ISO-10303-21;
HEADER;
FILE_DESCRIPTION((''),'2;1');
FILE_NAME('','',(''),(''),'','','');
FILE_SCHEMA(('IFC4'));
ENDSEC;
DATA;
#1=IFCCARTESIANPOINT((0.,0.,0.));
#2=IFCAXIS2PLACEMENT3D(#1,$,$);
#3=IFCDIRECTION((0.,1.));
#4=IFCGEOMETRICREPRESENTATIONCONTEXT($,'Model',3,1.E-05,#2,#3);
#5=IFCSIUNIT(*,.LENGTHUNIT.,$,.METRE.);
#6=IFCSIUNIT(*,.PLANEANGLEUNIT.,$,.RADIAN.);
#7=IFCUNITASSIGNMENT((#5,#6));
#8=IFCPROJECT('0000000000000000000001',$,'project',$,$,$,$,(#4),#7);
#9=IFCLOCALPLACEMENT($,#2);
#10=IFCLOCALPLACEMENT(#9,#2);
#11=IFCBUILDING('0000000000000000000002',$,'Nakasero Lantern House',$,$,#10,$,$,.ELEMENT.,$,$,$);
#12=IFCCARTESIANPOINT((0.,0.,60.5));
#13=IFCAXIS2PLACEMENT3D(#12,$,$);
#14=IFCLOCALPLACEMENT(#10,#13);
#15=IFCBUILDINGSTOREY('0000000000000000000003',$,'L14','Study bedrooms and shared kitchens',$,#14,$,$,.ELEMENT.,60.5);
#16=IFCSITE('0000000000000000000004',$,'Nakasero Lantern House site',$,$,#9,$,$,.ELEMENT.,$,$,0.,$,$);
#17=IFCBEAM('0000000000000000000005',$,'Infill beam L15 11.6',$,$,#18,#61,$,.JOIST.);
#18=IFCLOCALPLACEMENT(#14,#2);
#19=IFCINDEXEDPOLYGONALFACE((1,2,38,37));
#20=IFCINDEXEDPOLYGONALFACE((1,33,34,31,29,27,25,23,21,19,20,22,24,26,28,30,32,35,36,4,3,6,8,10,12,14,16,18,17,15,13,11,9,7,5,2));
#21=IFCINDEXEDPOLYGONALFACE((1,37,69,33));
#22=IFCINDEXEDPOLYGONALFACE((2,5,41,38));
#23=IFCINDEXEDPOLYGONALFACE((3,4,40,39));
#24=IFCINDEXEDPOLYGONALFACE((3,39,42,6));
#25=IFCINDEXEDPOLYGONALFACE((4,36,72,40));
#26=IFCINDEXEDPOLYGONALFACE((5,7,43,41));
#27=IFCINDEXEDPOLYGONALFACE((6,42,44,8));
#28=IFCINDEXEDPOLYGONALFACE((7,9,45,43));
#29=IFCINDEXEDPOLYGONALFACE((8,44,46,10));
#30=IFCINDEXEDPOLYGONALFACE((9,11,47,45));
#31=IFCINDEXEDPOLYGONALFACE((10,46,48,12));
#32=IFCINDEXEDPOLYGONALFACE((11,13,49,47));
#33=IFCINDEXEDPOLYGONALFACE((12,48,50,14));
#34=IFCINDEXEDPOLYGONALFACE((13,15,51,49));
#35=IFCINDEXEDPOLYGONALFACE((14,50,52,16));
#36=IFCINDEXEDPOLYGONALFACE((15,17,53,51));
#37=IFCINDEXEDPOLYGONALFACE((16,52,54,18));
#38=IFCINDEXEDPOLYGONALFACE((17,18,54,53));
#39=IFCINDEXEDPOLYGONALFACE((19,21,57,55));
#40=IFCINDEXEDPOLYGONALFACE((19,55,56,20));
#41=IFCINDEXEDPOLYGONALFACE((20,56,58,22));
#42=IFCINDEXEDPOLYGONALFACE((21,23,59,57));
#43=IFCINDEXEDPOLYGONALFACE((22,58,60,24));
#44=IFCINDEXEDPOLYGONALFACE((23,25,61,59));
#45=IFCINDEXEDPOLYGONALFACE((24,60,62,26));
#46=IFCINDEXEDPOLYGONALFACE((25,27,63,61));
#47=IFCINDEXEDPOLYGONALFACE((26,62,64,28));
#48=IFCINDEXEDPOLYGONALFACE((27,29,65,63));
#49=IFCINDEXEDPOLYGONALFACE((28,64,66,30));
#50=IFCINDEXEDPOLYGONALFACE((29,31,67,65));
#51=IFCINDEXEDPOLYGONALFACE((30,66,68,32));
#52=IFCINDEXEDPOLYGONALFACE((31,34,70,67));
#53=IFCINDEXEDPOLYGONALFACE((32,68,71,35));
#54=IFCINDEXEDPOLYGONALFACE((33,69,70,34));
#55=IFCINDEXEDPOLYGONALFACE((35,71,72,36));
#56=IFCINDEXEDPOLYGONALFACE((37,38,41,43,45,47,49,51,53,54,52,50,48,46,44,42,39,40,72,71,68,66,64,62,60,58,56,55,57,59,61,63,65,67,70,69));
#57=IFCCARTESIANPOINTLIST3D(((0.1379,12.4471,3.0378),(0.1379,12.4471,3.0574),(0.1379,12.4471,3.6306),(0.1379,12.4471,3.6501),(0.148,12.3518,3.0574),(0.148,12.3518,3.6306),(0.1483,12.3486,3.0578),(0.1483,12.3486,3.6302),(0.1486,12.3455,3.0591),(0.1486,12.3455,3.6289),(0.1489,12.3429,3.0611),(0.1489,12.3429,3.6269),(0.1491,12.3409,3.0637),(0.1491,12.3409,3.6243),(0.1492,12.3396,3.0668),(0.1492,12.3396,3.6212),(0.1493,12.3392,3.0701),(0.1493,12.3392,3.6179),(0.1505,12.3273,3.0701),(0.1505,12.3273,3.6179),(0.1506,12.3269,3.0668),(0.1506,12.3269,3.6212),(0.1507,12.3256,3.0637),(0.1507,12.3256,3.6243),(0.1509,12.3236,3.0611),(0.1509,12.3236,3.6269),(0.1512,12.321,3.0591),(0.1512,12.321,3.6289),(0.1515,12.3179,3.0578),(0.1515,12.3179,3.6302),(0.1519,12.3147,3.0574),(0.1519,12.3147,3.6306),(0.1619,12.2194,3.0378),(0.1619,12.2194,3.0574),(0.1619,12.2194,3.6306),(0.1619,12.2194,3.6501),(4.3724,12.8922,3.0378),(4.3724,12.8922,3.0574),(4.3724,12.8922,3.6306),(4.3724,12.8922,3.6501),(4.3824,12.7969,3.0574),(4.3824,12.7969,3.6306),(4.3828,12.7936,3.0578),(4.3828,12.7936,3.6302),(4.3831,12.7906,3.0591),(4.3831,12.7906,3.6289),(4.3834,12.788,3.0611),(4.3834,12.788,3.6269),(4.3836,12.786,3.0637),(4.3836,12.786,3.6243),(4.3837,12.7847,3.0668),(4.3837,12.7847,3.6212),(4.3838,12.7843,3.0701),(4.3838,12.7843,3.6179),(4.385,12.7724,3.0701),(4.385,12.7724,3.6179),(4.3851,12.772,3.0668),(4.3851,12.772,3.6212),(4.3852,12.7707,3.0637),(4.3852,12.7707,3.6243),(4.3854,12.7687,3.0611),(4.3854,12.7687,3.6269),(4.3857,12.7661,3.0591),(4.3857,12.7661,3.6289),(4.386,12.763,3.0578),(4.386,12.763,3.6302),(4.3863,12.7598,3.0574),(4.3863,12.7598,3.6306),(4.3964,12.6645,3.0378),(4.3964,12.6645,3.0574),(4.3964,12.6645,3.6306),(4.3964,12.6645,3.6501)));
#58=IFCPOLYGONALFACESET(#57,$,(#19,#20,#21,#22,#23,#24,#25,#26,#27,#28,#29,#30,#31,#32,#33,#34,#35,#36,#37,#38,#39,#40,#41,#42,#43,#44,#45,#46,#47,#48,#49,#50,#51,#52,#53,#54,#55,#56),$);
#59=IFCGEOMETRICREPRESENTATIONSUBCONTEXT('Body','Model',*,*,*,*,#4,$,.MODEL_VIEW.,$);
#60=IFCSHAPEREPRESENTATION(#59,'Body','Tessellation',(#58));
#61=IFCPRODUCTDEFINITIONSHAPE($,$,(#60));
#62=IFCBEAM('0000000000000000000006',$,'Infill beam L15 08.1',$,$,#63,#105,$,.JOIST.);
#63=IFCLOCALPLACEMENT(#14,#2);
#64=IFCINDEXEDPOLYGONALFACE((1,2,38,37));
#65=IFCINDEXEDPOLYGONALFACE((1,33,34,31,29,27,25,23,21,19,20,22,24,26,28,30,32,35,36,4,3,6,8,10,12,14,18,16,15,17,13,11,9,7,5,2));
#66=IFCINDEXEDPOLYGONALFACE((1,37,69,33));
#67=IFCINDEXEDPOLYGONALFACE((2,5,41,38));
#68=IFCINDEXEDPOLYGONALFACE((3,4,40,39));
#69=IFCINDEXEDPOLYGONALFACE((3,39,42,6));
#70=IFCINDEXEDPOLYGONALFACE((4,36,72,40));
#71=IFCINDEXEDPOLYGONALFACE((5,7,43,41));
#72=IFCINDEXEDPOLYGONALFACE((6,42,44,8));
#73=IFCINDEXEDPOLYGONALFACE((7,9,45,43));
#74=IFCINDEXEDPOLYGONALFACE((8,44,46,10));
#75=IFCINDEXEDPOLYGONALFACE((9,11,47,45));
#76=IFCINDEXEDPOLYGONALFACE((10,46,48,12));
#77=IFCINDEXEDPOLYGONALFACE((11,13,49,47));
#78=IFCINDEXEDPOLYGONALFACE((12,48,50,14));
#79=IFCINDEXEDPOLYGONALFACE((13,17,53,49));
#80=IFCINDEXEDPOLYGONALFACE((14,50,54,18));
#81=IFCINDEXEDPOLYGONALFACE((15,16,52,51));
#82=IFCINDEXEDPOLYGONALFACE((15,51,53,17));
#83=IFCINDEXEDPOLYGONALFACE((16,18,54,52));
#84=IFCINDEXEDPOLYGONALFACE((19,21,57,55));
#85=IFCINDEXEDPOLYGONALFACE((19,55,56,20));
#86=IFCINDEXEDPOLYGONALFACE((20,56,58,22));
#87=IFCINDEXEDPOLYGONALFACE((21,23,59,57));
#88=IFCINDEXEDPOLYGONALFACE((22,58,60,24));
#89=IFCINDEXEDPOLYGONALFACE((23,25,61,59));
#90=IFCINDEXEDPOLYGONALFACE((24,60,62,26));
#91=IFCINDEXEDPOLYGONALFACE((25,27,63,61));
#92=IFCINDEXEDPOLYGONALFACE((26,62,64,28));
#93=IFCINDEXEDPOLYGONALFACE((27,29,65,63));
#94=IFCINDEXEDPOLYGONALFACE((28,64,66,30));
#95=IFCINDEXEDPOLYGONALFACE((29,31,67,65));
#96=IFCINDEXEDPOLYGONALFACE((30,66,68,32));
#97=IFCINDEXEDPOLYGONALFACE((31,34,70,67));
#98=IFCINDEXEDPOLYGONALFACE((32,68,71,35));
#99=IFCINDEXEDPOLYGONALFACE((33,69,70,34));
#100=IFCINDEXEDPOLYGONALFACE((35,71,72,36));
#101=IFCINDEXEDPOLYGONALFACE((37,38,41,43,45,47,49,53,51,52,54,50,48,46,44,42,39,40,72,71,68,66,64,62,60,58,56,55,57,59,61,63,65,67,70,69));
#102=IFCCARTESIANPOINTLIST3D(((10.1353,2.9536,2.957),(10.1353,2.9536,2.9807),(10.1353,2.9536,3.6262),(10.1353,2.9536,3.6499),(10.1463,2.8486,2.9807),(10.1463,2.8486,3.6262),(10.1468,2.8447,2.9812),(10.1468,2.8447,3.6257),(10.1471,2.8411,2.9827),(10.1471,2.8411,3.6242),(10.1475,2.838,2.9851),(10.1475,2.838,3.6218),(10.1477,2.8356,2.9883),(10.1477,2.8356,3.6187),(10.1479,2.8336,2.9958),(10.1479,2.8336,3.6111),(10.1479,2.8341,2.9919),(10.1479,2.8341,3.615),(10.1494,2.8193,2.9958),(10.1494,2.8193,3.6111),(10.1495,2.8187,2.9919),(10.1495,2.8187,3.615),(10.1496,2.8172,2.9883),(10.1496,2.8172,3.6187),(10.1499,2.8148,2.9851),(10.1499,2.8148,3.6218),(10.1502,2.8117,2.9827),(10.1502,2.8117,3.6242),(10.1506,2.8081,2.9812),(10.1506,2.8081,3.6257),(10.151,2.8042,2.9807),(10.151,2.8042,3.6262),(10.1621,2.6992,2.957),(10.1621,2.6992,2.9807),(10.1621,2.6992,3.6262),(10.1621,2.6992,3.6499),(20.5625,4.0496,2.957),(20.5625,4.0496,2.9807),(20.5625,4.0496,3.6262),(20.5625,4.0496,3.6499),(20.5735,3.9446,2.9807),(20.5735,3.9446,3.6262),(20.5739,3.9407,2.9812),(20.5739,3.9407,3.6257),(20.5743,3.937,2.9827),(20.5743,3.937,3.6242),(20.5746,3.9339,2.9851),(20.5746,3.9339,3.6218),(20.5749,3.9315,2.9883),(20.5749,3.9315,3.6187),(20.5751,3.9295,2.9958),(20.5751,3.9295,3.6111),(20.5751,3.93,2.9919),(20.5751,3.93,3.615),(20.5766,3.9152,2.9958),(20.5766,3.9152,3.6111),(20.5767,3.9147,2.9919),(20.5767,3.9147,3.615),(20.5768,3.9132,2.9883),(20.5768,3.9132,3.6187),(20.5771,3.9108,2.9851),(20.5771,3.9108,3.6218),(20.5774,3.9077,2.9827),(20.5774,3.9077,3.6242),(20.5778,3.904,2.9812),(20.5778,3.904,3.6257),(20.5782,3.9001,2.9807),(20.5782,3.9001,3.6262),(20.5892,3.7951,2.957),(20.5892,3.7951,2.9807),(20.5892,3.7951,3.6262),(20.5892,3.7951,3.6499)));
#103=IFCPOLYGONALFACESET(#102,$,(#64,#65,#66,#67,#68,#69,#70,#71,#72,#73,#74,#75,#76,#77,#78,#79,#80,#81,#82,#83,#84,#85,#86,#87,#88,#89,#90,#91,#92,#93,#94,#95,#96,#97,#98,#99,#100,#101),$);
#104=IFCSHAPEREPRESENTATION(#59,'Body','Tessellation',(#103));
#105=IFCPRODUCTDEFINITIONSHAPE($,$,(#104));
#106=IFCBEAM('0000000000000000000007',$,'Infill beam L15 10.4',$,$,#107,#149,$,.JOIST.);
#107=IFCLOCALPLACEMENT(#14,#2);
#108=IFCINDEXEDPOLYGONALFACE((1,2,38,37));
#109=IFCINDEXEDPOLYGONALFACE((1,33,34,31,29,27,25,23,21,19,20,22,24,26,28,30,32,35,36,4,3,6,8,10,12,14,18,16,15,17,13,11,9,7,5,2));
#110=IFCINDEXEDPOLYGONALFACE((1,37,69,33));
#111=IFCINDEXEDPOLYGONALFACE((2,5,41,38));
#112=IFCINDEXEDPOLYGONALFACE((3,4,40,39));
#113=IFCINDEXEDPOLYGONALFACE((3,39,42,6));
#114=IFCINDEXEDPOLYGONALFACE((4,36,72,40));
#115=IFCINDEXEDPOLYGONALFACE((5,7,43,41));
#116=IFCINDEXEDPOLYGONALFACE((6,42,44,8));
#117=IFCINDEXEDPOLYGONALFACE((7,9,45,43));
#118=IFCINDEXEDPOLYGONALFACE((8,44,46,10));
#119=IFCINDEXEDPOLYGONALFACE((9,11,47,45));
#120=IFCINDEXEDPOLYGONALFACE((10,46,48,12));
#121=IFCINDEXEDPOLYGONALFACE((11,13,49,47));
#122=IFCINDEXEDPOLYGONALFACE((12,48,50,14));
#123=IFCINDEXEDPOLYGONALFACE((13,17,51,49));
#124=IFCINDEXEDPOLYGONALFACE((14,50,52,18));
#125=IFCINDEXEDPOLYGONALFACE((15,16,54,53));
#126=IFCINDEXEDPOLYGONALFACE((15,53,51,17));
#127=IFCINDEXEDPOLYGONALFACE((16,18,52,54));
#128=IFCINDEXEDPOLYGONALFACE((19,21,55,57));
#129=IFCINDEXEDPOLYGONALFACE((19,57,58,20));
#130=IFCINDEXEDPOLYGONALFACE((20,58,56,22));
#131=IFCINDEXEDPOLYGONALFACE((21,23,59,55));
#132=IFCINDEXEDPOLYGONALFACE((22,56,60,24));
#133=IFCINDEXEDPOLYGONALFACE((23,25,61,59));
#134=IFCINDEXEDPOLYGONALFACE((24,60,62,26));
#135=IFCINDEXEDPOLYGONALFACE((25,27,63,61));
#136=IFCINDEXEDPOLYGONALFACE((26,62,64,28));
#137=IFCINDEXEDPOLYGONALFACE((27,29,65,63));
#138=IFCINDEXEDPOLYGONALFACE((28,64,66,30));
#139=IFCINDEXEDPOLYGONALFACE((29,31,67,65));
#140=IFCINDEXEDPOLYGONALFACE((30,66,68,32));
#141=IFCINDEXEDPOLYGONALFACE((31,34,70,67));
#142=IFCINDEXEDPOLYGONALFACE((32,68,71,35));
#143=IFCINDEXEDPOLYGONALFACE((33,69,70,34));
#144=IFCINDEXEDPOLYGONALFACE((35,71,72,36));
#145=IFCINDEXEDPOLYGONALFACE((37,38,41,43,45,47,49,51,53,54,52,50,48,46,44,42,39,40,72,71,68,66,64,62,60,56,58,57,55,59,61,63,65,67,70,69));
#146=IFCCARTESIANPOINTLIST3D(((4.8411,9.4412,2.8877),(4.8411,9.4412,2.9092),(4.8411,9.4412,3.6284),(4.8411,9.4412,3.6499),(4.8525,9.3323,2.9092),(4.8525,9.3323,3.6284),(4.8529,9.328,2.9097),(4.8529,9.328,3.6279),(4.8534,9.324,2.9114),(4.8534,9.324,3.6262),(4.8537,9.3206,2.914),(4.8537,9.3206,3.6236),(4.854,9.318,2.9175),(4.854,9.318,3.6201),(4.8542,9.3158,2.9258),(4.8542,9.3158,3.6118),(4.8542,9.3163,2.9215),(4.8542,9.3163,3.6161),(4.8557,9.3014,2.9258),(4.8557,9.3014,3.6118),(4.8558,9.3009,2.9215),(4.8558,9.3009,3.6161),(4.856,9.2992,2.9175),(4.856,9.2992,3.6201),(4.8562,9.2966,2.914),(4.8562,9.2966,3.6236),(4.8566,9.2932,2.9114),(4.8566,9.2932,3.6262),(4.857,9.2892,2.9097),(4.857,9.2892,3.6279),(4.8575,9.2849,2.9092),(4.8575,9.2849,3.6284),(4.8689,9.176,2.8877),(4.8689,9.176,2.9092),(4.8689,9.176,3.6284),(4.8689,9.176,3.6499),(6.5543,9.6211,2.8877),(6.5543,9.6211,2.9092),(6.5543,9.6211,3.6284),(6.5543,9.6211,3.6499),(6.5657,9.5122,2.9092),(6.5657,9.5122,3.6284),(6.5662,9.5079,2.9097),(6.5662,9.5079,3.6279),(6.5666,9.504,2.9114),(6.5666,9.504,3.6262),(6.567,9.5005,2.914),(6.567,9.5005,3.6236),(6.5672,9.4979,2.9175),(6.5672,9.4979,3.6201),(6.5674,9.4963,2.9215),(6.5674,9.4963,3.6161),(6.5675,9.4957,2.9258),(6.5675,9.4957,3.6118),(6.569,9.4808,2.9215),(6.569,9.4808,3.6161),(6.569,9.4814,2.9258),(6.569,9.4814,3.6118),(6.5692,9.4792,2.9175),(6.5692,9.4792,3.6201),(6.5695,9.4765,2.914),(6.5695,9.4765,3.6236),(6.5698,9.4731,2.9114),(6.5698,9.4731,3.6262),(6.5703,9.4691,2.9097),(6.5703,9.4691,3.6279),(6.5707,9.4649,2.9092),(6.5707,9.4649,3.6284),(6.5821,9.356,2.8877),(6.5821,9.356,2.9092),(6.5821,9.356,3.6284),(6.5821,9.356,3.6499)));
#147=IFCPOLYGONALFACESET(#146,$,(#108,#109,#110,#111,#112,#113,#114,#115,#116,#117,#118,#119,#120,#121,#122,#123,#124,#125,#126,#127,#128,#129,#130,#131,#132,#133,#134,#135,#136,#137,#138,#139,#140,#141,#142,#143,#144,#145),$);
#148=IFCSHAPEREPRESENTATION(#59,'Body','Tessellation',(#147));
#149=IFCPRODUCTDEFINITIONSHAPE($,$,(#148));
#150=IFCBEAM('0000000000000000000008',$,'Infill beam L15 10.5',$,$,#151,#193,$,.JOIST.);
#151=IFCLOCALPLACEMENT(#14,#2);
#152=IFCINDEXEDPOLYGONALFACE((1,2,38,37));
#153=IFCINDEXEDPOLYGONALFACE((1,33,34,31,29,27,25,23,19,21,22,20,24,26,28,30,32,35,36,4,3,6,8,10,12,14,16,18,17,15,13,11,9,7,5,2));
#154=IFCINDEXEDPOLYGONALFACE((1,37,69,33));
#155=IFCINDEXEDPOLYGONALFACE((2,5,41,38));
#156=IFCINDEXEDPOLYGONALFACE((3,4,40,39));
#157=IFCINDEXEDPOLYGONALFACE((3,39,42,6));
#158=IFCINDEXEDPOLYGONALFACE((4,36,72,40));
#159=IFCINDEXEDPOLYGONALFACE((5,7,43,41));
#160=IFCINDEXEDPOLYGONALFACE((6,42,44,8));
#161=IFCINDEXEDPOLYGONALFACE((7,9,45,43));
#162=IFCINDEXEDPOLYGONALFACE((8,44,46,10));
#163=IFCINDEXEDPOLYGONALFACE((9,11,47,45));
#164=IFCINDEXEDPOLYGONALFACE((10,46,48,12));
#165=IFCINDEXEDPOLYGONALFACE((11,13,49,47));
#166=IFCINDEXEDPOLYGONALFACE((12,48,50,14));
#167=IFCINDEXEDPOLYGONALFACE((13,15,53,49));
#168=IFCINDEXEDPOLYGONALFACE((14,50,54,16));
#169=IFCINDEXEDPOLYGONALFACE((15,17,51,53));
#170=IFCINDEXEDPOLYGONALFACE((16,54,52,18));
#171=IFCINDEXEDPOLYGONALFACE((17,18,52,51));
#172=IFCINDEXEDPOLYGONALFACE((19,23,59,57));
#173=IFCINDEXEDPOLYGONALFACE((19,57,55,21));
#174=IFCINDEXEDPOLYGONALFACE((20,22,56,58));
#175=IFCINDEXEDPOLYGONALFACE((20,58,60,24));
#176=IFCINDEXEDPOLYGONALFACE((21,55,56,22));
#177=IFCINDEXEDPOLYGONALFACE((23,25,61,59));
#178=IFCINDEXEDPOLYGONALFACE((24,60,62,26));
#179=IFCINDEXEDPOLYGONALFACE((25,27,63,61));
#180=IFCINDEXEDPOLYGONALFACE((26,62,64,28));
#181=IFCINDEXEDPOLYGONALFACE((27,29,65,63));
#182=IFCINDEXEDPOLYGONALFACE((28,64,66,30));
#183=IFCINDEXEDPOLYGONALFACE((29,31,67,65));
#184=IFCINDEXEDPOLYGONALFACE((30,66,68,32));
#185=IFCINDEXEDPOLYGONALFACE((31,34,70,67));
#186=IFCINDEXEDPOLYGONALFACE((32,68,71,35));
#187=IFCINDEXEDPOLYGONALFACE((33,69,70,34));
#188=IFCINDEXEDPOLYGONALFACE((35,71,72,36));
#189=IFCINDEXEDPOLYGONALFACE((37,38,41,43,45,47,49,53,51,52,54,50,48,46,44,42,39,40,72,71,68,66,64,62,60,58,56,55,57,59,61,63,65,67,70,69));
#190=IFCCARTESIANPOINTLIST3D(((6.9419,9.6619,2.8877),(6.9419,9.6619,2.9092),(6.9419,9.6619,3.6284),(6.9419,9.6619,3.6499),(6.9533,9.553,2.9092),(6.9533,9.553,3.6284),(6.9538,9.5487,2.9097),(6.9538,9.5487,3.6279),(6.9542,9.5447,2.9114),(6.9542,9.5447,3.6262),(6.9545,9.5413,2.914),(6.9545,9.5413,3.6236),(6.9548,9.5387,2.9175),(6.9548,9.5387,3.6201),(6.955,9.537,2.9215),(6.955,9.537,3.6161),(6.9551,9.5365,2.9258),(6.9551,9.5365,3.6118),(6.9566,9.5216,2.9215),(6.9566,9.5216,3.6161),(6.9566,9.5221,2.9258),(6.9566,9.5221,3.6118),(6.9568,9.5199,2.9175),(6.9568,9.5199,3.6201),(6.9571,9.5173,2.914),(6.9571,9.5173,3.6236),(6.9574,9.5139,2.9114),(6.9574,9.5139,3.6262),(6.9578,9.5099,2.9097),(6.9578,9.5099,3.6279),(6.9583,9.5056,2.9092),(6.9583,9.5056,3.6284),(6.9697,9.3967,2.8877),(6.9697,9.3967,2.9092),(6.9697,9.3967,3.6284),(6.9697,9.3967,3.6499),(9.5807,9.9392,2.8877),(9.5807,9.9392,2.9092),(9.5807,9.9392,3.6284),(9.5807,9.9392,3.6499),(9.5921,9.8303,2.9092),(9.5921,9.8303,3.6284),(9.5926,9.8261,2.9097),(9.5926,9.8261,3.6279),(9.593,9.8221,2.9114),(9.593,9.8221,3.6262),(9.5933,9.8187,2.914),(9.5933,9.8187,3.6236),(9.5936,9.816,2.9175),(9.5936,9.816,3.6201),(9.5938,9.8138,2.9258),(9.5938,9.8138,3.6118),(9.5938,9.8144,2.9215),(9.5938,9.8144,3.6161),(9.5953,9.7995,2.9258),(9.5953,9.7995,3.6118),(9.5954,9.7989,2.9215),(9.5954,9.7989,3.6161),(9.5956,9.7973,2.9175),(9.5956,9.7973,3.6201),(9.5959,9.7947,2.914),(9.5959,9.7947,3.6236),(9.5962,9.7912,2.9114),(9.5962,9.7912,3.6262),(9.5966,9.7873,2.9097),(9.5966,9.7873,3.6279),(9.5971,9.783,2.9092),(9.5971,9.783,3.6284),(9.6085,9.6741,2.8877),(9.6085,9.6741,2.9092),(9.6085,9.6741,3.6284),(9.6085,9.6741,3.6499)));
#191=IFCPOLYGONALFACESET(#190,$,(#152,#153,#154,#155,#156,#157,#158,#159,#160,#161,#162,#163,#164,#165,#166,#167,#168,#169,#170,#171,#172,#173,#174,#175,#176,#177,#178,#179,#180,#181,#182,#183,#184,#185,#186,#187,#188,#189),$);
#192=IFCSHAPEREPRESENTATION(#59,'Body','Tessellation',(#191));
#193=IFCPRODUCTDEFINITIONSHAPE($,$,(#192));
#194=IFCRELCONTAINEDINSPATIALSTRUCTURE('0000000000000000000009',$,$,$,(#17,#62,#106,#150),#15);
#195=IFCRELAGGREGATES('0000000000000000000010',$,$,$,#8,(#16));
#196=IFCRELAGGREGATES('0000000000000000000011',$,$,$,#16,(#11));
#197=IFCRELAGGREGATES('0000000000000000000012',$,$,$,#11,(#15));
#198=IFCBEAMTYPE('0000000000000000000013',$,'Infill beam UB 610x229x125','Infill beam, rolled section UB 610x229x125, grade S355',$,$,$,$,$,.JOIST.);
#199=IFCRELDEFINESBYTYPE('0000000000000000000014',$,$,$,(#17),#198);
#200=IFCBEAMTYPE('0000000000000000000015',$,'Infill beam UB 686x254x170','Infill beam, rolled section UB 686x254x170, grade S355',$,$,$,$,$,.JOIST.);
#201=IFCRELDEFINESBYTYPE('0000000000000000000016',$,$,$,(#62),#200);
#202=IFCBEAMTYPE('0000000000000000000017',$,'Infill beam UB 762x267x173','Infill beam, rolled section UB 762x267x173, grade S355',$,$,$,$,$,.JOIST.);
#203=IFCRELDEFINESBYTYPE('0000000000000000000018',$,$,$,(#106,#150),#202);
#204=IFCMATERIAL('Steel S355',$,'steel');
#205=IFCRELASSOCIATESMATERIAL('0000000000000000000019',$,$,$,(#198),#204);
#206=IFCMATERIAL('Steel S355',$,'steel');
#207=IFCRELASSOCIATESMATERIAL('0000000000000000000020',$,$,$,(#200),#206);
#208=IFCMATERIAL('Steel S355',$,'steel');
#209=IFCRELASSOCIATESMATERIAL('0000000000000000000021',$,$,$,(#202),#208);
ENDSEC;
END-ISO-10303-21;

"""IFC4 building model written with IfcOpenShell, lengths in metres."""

from ifc_helpers import new_model, si_unit, direction, frame, origin, origin_2d, place, context, subcontext, project, spatial, i_section, extrude, material, material_profile, profile_set, type_object, element, save


model = new_model("IFC4")

# Units and contexts
model_context = context("Model", 3, precision=1e-05, world=origin(), true_north=direction((0.0, 1.0)))
body_context = subcontext(model_context, "Body", "Model", "MODEL_VIEW")
ifc_project = project(units=[si_unit("LENGTHUNIT", "METRE"), si_unit("PLANEANGLEUNIT", "RADIAN")], contexts=[model_context])

# Site, building, storey
site_placement = place(None, origin())
site = spatial("IfcSite", under=ifc_project, at=site_placement, Name="Nakasero Lantern House site", CompositionType="ELEMENT", RefElevation=0.0)
building_placement = place(site_placement, origin())
building = spatial("IfcBuilding", under=site, at=building_placement, Name="Nakasero Lantern House", CompositionType="ELEMENT")
storey_placement = place(building_placement, frame((0.0, 0.0, 60.5)))
storey = spatial("IfcBuildingStorey", under=building, at=storey_placement, Name="L14", Description="Study bedrooms and shared kitchens", CompositionType="ELEMENT", Elevation=60.5)

# Beams
ifc_material_1 = material(Name="Steel S355", Category="steel")
ifc_material_profile_1 = material_profile(ifc_material_1, i_section(OverallWidth=0.229, OverallDepth=0.6123, WebThickness=0.012, FlangeThickness=0.0195, FilletRadius=0.0127, at=origin_2d()), Name="UB 610x229x125")
ifc_profile_set_1 = profile_set([ifc_material_profile_1], Name="Steel S355")
beam_type_1 = type_object("IfcBeamType", Name="Infill beam UB 610x229x125", Description="Infill beam, rolled section UB 610x229x125, grade S355", PredefinedType="JOIST", material=ifc_profile_set_1)
beam_1_placement = place(storey_placement, frame((0.1499, 12.3333, 3.344), z_axis=(0.994521, 0.104533, 0.0), x_axis=(-0.104533, 0.994521, 0.0)))
element("IfcBeam", 1, at=beam_1_placement, inside=storey, type_object=beam_type_1, Name="Infill beam L15 11.6", PredefinedType="JOIST", context=body_context, shape_type="SweptSolid", body=[
    extrude(i_section(OverallWidth=0.229, OverallDepth=0.6123, WebThickness=0.012, FlangeThickness=0.0195, FilletRadius=0.0127, at=origin_2d()), origin(), (0.0, 0.0, 1.0), 4.2578),
])
ifc_material_2 = material(Name="Steel S355", Category="steel")
ifc_material_profile_2 = material_profile(ifc_material_2, i_section(OverallWidth=0.2559, OverallDepth=0.6929, WebThickness=0.0144, FlangeThickness=0.0237, FilletRadius=0.0151, at=origin_2d()), Name="UB 686x254x170")
ifc_profile_set_2 = profile_set([ifc_material_profile_2], Name="Steel S355")
beam_type_2 = type_object("IfcBeamType", Name="Infill beam UB 686x254x170", Description="Infill beam, rolled section UB 686x254x170, grade S355", PredefinedType="JOIST", material=ifc_profile_set_2)
beam_2_placement = place(storey_placement, frame((10.1487, 2.8264, 3.3035), z_axis=(0.994522, 0.104528, 0.0), x_axis=(-0.104528, 0.994522, 0.0)))
element("IfcBeam", 2, at=beam_2_placement, inside=storey, type_object=beam_type_2, Name="Infill beam L15 08.1", PredefinedType="JOIST", context=body_context, shape_type="SweptSolid", body=[
    extrude(i_section(OverallWidth=0.2559, OverallDepth=0.6929, WebThickness=0.0144, FlangeThickness=0.0237, FilletRadius=0.0151, at=origin_2d()), origin(), (0.0, 0.0, 1.0), 10.4846),
])
ifc_material_3 = material(Name="Steel S355", Category="steel")
ifc_material_profile_3 = material_profile(ifc_material_3, i_section(OverallWidth=0.2666, OverallDepth=0.7622, WebThickness=0.0144, FlangeThickness=0.0215, FilletRadius=0.0166, at=origin_2d()), Name="UB 762x267x173")
ifc_profile_set_3 = profile_set([ifc_material_profile_3], Name="Steel S355")
beam_type_3 = type_object("IfcBeamType", Name="Infill beam UB 762x267x173", Description="Infill beam, rolled section UB 762x267x173, grade S355", PredefinedType="JOIST", material=ifc_profile_set_3)
beam_3_placement = place(storey_placement, frame((4.855, 9.3086, 3.2688), z_axis=(0.99453, 0.104456, 0.0), x_axis=(-0.104456, 0.99453, 0.0)))
element("IfcBeam", 3, at=beam_3_placement, inside=storey, type_object=beam_type_3, Name="Infill beam L15 10.4", PredefinedType="JOIST", context=body_context, shape_type="SweptSolid", body=[
    extrude(i_section(OverallWidth=0.2666, OverallDepth=0.7622, WebThickness=0.0144, FlangeThickness=0.0215, FilletRadius=0.0166, at=origin_2d()), origin(), (0.0, 0.0, 1.0), 1.7227),
])
beam_4_placement = place(storey_placement, frame((6.9558, 9.5293, 3.2688), z_axis=(0.994522, 0.104532, 0.0), x_axis=(-0.104532, 0.994522, 0.0)))
element("IfcBeam", 4, at=beam_4_placement, inside=storey, type_object=beam_type_3, Name="Infill beam L15 10.5", PredefinedType="JOIST", context=body_context, shape_type="SweptSolid", body=[
    extrude(i_section(OverallWidth=0.2666, OverallDepth=0.7622, WebThickness=0.0144, FlangeThickness=0.0215, FilletRadius=0.0166, at=origin_2d()), origin(), (0.0, 0.0, 1.0), 2.6533),
])

save(model, "model.ifc")
